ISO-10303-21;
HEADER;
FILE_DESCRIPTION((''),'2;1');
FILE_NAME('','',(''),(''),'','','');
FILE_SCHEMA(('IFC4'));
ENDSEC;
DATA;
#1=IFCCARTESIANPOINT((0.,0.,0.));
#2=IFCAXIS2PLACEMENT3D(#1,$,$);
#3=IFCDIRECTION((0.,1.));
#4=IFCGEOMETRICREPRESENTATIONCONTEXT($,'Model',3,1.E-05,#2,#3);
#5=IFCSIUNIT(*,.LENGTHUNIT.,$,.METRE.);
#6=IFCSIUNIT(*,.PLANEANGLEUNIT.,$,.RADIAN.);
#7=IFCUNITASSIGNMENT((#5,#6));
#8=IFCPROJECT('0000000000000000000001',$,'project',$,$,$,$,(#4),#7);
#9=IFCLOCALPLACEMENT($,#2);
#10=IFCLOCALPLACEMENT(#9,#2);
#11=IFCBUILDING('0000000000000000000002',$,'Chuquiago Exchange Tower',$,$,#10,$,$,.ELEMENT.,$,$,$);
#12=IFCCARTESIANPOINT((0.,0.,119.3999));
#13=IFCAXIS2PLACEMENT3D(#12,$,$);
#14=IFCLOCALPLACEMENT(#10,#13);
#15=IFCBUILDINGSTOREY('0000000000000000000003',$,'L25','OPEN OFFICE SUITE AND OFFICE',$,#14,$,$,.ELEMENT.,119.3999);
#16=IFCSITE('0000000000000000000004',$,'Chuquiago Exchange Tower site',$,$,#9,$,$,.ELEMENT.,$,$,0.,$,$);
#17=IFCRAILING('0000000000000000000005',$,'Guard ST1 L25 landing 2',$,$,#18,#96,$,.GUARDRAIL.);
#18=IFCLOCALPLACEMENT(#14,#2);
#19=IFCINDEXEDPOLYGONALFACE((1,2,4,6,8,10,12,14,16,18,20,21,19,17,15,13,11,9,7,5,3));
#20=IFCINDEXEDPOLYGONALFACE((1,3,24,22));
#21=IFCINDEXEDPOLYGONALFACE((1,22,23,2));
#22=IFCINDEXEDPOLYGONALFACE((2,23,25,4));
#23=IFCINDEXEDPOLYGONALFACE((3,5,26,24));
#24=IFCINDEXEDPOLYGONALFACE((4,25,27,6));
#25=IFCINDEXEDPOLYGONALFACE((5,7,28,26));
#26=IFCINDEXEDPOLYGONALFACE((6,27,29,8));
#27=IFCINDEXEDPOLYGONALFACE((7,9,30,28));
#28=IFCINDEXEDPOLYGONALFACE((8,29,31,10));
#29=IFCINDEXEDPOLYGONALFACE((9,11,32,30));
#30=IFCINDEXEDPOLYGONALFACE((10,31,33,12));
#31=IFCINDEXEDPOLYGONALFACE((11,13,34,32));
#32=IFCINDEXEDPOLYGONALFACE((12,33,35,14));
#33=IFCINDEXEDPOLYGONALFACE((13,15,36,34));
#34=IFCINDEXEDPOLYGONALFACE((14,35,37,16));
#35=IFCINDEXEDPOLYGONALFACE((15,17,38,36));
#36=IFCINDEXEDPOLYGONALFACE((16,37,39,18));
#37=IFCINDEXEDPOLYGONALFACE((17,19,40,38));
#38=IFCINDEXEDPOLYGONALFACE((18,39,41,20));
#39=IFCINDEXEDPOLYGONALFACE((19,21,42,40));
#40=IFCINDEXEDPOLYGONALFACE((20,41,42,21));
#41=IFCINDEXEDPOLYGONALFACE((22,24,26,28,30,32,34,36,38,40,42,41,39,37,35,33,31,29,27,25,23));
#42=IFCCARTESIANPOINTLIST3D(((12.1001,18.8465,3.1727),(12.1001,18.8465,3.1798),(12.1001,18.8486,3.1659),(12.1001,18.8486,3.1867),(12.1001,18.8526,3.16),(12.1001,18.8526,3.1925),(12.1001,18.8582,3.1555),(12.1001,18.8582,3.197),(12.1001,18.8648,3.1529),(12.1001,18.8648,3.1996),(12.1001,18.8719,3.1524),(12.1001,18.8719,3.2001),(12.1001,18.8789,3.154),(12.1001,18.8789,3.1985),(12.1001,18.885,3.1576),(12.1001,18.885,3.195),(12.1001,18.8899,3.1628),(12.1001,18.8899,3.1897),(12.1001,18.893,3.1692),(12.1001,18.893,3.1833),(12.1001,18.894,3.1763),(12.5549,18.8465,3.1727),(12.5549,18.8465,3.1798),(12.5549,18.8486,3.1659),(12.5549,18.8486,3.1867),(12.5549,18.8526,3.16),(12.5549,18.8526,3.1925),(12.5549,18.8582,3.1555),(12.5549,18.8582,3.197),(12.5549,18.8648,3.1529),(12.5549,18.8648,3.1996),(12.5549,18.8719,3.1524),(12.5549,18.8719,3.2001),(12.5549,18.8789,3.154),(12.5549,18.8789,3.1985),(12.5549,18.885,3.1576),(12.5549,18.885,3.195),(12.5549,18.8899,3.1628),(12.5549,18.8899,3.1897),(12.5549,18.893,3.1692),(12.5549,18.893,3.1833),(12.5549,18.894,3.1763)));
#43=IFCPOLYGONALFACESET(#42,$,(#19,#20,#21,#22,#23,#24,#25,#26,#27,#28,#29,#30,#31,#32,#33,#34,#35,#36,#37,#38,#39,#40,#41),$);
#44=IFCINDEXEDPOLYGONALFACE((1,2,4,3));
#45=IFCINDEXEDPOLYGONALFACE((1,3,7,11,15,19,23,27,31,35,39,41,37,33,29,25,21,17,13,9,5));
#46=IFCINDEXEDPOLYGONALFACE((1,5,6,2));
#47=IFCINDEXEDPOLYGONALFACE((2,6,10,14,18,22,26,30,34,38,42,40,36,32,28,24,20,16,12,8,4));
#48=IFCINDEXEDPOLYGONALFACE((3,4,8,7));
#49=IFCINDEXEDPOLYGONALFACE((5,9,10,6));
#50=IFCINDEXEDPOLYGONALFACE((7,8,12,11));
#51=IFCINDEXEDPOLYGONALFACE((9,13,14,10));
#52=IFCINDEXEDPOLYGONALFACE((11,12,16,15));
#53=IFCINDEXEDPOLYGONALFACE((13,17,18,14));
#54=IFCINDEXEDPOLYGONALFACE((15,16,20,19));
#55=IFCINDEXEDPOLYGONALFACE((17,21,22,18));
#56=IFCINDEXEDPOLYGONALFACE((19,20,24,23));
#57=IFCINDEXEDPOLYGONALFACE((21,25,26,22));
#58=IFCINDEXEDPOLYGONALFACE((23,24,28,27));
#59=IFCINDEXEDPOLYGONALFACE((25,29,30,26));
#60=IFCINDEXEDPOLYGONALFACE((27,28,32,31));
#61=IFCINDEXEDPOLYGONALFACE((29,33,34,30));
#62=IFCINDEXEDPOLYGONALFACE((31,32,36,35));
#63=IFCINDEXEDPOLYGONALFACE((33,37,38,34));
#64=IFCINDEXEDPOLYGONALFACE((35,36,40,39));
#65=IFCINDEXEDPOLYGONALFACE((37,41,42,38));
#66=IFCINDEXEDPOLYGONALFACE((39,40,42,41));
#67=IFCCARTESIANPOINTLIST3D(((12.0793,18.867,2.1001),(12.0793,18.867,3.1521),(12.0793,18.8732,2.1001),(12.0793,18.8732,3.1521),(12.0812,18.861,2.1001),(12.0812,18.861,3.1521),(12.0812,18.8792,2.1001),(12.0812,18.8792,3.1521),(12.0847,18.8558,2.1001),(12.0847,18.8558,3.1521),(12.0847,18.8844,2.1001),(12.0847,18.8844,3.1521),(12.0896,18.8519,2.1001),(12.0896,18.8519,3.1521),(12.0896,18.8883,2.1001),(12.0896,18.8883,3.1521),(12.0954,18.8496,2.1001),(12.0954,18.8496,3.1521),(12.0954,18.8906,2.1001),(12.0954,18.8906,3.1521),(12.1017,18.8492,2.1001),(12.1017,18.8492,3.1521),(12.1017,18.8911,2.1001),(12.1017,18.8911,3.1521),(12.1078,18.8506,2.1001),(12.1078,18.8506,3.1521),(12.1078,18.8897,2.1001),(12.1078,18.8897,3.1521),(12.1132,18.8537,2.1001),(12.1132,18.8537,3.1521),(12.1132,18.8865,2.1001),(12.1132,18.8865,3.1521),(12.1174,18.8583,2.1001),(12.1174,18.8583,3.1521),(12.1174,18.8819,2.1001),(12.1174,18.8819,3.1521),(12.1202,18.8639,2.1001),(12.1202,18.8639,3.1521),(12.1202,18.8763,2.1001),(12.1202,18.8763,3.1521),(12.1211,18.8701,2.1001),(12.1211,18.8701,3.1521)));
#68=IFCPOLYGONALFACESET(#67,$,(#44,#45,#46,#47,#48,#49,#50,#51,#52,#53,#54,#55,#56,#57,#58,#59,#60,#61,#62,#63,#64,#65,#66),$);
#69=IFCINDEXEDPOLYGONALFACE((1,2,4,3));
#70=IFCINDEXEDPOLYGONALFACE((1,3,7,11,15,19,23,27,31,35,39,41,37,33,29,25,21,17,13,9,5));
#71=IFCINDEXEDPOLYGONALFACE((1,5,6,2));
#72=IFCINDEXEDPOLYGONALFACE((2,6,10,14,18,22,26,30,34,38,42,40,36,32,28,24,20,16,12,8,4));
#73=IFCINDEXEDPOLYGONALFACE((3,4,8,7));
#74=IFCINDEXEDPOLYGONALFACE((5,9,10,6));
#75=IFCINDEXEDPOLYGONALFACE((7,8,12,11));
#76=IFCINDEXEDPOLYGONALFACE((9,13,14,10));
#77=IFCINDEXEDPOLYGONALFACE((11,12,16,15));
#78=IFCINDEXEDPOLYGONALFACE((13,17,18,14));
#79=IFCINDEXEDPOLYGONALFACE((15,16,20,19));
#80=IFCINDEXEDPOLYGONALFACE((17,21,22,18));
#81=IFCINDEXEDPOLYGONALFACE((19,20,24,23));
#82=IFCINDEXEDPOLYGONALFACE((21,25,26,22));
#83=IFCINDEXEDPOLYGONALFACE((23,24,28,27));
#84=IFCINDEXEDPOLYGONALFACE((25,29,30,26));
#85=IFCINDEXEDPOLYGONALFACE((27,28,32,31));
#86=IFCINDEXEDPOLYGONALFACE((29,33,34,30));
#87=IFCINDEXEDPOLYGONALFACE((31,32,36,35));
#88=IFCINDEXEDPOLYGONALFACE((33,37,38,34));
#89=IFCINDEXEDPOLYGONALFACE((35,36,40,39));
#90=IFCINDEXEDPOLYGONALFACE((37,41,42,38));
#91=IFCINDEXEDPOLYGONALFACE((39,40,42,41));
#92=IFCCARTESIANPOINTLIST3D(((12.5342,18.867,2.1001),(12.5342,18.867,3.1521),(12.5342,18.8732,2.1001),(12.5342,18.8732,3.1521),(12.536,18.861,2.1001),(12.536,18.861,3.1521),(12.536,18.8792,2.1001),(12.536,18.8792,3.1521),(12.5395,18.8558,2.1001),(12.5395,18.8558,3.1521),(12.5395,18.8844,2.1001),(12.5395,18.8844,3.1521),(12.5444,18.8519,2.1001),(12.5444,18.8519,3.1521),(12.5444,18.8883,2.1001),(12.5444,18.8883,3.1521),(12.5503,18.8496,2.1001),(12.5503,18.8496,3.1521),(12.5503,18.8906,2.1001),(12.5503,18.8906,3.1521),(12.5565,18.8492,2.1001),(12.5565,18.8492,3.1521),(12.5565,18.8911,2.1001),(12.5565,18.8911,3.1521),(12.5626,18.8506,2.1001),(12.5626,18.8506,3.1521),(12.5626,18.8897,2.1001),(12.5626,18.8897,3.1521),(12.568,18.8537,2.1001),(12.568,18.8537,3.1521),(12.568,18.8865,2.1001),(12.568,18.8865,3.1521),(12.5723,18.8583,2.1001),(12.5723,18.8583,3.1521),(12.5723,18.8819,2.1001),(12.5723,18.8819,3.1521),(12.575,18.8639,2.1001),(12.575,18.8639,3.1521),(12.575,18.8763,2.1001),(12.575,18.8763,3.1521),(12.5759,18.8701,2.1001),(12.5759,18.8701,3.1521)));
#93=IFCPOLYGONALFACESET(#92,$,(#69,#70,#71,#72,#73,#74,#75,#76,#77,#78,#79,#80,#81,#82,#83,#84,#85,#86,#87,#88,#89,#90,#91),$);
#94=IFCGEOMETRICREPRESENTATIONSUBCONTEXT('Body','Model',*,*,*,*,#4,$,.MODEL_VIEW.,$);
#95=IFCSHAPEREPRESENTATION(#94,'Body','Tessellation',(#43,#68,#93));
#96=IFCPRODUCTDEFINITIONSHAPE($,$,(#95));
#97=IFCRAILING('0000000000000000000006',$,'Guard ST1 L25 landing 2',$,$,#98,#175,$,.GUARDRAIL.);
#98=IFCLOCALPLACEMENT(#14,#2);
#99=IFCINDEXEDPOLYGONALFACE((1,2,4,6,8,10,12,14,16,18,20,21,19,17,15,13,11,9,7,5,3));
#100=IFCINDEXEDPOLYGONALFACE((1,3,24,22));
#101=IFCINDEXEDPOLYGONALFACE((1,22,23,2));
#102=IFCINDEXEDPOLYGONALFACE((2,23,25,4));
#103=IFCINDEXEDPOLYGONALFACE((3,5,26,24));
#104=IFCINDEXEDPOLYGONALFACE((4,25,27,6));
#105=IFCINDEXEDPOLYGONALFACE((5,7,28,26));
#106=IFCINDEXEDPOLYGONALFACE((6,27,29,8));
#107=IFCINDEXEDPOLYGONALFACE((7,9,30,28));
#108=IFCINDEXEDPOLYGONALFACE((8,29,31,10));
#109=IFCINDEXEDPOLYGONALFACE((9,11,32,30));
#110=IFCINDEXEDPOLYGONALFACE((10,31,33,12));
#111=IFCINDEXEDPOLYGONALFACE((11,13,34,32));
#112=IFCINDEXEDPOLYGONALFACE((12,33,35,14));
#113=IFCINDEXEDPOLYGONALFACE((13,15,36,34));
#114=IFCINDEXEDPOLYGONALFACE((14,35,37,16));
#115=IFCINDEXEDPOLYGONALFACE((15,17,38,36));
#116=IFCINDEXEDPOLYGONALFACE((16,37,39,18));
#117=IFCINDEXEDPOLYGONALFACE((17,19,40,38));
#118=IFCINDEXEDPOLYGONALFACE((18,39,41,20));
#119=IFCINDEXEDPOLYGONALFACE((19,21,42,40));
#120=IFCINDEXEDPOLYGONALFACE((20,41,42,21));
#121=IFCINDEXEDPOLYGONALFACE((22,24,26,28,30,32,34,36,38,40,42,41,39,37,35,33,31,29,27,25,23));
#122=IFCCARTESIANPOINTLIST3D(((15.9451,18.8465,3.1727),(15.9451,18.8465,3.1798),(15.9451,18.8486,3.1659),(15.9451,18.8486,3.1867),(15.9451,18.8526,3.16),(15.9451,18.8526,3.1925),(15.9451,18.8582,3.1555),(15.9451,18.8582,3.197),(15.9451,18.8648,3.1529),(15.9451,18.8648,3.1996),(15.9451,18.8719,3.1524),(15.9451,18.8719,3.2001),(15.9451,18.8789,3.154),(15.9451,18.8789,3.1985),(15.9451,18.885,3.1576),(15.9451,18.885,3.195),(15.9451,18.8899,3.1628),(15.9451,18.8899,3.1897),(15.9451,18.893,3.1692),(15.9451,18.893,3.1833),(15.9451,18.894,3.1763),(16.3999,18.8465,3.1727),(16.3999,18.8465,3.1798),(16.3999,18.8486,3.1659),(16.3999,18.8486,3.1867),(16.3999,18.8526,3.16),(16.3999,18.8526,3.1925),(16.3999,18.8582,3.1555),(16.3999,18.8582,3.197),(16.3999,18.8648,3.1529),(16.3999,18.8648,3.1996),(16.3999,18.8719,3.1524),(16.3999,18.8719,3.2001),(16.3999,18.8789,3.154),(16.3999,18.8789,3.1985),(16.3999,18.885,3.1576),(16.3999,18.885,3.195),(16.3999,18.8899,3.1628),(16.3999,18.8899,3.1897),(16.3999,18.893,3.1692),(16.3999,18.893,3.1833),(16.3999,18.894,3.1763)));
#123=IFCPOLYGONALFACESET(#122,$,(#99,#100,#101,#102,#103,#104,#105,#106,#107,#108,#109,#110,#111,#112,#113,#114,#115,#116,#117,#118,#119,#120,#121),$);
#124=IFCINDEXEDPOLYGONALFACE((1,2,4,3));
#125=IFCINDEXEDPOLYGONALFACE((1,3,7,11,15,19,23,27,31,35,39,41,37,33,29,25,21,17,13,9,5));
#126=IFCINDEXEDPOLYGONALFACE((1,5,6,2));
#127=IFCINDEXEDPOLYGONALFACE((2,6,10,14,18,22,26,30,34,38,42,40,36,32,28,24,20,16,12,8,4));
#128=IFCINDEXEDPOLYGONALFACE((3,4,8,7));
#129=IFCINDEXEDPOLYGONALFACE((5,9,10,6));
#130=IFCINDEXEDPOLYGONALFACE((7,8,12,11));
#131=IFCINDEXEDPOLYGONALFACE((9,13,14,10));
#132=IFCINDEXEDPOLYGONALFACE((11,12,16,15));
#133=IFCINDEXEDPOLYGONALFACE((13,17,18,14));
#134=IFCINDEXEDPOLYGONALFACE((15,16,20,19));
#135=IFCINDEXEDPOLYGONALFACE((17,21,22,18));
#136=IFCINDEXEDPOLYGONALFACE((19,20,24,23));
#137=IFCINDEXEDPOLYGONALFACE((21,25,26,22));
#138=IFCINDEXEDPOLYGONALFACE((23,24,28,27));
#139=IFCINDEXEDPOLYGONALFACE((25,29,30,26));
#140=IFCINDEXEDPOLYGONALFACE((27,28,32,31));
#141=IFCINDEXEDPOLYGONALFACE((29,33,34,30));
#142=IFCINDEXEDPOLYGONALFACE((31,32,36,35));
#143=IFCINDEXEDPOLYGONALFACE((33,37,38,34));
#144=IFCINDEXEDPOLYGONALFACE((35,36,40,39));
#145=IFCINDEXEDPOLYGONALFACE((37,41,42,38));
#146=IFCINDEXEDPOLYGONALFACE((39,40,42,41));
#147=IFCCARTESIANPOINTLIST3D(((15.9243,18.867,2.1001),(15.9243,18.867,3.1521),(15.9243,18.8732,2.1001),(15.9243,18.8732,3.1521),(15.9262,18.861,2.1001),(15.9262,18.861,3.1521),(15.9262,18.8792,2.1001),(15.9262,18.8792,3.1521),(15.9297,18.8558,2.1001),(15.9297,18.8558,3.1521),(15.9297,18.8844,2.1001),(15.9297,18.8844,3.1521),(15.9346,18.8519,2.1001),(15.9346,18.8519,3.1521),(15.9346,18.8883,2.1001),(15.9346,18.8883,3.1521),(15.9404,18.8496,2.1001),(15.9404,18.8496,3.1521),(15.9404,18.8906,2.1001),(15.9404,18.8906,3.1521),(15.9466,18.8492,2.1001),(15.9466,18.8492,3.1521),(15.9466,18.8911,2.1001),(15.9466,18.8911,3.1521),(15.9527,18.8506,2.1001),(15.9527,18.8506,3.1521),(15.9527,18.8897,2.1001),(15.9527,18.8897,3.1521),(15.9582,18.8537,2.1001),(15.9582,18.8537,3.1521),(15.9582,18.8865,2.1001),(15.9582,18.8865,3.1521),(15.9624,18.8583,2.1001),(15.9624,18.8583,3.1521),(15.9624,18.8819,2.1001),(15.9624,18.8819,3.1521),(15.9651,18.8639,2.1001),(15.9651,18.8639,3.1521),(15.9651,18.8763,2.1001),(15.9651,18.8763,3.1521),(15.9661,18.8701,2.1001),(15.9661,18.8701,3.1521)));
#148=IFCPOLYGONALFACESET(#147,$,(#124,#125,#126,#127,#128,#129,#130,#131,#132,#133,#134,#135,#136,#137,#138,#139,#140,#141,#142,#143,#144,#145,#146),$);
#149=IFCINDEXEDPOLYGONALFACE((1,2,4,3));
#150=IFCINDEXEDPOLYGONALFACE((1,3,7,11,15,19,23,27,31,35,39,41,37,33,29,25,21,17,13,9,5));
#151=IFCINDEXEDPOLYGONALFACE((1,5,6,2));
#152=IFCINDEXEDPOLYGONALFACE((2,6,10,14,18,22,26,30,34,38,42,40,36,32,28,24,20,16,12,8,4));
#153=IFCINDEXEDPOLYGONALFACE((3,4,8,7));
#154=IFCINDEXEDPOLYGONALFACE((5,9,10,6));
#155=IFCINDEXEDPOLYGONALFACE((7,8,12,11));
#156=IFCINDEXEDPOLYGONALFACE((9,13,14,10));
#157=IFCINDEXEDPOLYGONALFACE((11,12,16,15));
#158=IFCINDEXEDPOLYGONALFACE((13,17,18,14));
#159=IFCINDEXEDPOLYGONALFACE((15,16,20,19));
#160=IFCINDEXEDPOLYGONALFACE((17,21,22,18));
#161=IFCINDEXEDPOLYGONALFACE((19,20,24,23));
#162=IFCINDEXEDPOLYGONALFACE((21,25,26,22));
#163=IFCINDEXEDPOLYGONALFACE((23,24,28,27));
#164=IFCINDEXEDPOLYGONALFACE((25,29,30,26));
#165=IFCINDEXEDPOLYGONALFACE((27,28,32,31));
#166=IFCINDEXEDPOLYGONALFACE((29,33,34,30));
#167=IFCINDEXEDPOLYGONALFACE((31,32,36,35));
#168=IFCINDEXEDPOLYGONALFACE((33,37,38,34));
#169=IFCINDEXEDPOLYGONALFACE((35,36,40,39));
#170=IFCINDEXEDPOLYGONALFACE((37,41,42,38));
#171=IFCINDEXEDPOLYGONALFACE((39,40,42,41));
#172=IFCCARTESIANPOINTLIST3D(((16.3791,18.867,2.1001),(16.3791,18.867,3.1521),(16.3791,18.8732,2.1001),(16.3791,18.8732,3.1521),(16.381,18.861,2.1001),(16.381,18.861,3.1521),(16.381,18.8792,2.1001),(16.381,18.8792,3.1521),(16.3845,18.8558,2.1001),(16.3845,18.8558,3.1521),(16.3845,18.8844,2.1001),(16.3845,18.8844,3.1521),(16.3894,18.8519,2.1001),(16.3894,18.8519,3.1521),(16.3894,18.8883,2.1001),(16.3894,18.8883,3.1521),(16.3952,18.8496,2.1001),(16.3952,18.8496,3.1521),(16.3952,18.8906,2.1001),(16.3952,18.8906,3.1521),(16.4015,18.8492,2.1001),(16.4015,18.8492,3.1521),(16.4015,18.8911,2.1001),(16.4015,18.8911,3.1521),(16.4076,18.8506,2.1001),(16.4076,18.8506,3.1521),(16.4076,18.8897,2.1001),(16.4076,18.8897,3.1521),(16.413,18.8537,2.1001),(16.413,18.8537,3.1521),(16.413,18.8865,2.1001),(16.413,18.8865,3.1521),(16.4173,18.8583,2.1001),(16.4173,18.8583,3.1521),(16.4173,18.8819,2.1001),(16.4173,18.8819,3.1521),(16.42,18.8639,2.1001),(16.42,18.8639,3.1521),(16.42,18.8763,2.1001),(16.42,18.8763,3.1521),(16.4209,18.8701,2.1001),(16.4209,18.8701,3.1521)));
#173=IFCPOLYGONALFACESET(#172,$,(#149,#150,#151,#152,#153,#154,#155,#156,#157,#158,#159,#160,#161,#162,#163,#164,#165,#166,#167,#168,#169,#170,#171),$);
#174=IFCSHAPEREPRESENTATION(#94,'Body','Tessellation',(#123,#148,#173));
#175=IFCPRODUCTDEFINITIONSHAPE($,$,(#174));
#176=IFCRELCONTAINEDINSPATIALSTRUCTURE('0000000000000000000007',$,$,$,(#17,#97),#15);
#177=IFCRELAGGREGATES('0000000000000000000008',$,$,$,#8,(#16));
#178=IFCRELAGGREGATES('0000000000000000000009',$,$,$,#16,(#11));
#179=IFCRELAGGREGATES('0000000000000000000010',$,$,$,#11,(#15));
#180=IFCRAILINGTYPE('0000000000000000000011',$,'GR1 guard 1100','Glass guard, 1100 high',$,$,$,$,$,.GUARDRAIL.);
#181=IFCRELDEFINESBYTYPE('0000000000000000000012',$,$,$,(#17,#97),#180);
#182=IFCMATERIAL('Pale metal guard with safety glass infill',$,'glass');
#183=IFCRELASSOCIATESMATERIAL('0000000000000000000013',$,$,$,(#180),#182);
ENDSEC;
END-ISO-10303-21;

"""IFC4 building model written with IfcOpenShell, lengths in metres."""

from ifc_helpers import new_model, si_unit, direction, frame, origin, origin_2d, place, context, subcontext, project, spatial, circle, extrude, material, type_object, element, save


model = new_model("IFC4")

# Units and contexts
model_context = context("Model", 3, precision=1e-05, world=origin(), true_north=direction((0.0, 1.0)))
body_context = subcontext(model_context, "Body", "Model", "MODEL_VIEW")
ifc_project = project(units=[si_unit("LENGTHUNIT", "METRE"), si_unit("PLANEANGLEUNIT", "RADIAN")], contexts=[model_context])

# Site, building, storey
site_placement = place(None, origin())
site = spatial("IfcSite", under=ifc_project, at=site_placement, Name="Chuquiago Exchange Tower site", CompositionType="ELEMENT", RefElevation=0.0)
building_placement = place(site_placement, origin())
building = spatial("IfcBuilding", under=site, at=building_placement, Name="Chuquiago Exchange Tower", CompositionType="ELEMENT")
storey_placement = place(building_placement, frame((0.0, 0.0, 119.3999)))
storey = spatial("IfcBuildingStorey", under=building, at=storey_placement, Name="L25", Description="OPEN OFFICE SUITE AND OFFICE", CompositionType="ELEMENT", Elevation=119.3999)

# Railings
ifc_material_1 = material(Name="Pale metal guard with safety glass infill", Category="glass")
railing_type_1 = type_object("IfcRailingType", Name="GR1 guard 1100", Description="Glass guard, 1100 high", PredefinedType="GUARDRAIL", material=ifc_material_1)
for number, where, name in (
    (1, (12.1001, 18.8701, 2.1001), "Guard ST1 L25 landing 2"),
    (2, (15.9451, 18.8701, 2.1001), "Guard ST1 L25 landing 2"),
):
    element("IfcRailing", number, at=place(storey_placement, frame(where)), inside=storey, type_object=railing_type_1, Name=name, PredefinedType="GUARDRAIL", context=body_context, shape_type="SweptSolid", body=[
        extrude(circle(Radius=0.0239, at=origin_2d()), frame((0.0, 0.0, 1.0762), z_axis=(1.0, 0.0, 0.0), x_axis=(0.0, 1.0, 0.0)), (0.0, 0.0, 1.0), 0.4548),
        extrude(circle(Radius=0.021, at=origin_2d()), origin(), (0.0, 0.0, 1.0), 1.052),
        extrude(circle(Radius=0.021, at=origin_2d()), frame((0.4548, 0.0, 0.0)), (0.0, 0.0, 1.0), 1.052),
    ])

save(model, "model.ifc")
